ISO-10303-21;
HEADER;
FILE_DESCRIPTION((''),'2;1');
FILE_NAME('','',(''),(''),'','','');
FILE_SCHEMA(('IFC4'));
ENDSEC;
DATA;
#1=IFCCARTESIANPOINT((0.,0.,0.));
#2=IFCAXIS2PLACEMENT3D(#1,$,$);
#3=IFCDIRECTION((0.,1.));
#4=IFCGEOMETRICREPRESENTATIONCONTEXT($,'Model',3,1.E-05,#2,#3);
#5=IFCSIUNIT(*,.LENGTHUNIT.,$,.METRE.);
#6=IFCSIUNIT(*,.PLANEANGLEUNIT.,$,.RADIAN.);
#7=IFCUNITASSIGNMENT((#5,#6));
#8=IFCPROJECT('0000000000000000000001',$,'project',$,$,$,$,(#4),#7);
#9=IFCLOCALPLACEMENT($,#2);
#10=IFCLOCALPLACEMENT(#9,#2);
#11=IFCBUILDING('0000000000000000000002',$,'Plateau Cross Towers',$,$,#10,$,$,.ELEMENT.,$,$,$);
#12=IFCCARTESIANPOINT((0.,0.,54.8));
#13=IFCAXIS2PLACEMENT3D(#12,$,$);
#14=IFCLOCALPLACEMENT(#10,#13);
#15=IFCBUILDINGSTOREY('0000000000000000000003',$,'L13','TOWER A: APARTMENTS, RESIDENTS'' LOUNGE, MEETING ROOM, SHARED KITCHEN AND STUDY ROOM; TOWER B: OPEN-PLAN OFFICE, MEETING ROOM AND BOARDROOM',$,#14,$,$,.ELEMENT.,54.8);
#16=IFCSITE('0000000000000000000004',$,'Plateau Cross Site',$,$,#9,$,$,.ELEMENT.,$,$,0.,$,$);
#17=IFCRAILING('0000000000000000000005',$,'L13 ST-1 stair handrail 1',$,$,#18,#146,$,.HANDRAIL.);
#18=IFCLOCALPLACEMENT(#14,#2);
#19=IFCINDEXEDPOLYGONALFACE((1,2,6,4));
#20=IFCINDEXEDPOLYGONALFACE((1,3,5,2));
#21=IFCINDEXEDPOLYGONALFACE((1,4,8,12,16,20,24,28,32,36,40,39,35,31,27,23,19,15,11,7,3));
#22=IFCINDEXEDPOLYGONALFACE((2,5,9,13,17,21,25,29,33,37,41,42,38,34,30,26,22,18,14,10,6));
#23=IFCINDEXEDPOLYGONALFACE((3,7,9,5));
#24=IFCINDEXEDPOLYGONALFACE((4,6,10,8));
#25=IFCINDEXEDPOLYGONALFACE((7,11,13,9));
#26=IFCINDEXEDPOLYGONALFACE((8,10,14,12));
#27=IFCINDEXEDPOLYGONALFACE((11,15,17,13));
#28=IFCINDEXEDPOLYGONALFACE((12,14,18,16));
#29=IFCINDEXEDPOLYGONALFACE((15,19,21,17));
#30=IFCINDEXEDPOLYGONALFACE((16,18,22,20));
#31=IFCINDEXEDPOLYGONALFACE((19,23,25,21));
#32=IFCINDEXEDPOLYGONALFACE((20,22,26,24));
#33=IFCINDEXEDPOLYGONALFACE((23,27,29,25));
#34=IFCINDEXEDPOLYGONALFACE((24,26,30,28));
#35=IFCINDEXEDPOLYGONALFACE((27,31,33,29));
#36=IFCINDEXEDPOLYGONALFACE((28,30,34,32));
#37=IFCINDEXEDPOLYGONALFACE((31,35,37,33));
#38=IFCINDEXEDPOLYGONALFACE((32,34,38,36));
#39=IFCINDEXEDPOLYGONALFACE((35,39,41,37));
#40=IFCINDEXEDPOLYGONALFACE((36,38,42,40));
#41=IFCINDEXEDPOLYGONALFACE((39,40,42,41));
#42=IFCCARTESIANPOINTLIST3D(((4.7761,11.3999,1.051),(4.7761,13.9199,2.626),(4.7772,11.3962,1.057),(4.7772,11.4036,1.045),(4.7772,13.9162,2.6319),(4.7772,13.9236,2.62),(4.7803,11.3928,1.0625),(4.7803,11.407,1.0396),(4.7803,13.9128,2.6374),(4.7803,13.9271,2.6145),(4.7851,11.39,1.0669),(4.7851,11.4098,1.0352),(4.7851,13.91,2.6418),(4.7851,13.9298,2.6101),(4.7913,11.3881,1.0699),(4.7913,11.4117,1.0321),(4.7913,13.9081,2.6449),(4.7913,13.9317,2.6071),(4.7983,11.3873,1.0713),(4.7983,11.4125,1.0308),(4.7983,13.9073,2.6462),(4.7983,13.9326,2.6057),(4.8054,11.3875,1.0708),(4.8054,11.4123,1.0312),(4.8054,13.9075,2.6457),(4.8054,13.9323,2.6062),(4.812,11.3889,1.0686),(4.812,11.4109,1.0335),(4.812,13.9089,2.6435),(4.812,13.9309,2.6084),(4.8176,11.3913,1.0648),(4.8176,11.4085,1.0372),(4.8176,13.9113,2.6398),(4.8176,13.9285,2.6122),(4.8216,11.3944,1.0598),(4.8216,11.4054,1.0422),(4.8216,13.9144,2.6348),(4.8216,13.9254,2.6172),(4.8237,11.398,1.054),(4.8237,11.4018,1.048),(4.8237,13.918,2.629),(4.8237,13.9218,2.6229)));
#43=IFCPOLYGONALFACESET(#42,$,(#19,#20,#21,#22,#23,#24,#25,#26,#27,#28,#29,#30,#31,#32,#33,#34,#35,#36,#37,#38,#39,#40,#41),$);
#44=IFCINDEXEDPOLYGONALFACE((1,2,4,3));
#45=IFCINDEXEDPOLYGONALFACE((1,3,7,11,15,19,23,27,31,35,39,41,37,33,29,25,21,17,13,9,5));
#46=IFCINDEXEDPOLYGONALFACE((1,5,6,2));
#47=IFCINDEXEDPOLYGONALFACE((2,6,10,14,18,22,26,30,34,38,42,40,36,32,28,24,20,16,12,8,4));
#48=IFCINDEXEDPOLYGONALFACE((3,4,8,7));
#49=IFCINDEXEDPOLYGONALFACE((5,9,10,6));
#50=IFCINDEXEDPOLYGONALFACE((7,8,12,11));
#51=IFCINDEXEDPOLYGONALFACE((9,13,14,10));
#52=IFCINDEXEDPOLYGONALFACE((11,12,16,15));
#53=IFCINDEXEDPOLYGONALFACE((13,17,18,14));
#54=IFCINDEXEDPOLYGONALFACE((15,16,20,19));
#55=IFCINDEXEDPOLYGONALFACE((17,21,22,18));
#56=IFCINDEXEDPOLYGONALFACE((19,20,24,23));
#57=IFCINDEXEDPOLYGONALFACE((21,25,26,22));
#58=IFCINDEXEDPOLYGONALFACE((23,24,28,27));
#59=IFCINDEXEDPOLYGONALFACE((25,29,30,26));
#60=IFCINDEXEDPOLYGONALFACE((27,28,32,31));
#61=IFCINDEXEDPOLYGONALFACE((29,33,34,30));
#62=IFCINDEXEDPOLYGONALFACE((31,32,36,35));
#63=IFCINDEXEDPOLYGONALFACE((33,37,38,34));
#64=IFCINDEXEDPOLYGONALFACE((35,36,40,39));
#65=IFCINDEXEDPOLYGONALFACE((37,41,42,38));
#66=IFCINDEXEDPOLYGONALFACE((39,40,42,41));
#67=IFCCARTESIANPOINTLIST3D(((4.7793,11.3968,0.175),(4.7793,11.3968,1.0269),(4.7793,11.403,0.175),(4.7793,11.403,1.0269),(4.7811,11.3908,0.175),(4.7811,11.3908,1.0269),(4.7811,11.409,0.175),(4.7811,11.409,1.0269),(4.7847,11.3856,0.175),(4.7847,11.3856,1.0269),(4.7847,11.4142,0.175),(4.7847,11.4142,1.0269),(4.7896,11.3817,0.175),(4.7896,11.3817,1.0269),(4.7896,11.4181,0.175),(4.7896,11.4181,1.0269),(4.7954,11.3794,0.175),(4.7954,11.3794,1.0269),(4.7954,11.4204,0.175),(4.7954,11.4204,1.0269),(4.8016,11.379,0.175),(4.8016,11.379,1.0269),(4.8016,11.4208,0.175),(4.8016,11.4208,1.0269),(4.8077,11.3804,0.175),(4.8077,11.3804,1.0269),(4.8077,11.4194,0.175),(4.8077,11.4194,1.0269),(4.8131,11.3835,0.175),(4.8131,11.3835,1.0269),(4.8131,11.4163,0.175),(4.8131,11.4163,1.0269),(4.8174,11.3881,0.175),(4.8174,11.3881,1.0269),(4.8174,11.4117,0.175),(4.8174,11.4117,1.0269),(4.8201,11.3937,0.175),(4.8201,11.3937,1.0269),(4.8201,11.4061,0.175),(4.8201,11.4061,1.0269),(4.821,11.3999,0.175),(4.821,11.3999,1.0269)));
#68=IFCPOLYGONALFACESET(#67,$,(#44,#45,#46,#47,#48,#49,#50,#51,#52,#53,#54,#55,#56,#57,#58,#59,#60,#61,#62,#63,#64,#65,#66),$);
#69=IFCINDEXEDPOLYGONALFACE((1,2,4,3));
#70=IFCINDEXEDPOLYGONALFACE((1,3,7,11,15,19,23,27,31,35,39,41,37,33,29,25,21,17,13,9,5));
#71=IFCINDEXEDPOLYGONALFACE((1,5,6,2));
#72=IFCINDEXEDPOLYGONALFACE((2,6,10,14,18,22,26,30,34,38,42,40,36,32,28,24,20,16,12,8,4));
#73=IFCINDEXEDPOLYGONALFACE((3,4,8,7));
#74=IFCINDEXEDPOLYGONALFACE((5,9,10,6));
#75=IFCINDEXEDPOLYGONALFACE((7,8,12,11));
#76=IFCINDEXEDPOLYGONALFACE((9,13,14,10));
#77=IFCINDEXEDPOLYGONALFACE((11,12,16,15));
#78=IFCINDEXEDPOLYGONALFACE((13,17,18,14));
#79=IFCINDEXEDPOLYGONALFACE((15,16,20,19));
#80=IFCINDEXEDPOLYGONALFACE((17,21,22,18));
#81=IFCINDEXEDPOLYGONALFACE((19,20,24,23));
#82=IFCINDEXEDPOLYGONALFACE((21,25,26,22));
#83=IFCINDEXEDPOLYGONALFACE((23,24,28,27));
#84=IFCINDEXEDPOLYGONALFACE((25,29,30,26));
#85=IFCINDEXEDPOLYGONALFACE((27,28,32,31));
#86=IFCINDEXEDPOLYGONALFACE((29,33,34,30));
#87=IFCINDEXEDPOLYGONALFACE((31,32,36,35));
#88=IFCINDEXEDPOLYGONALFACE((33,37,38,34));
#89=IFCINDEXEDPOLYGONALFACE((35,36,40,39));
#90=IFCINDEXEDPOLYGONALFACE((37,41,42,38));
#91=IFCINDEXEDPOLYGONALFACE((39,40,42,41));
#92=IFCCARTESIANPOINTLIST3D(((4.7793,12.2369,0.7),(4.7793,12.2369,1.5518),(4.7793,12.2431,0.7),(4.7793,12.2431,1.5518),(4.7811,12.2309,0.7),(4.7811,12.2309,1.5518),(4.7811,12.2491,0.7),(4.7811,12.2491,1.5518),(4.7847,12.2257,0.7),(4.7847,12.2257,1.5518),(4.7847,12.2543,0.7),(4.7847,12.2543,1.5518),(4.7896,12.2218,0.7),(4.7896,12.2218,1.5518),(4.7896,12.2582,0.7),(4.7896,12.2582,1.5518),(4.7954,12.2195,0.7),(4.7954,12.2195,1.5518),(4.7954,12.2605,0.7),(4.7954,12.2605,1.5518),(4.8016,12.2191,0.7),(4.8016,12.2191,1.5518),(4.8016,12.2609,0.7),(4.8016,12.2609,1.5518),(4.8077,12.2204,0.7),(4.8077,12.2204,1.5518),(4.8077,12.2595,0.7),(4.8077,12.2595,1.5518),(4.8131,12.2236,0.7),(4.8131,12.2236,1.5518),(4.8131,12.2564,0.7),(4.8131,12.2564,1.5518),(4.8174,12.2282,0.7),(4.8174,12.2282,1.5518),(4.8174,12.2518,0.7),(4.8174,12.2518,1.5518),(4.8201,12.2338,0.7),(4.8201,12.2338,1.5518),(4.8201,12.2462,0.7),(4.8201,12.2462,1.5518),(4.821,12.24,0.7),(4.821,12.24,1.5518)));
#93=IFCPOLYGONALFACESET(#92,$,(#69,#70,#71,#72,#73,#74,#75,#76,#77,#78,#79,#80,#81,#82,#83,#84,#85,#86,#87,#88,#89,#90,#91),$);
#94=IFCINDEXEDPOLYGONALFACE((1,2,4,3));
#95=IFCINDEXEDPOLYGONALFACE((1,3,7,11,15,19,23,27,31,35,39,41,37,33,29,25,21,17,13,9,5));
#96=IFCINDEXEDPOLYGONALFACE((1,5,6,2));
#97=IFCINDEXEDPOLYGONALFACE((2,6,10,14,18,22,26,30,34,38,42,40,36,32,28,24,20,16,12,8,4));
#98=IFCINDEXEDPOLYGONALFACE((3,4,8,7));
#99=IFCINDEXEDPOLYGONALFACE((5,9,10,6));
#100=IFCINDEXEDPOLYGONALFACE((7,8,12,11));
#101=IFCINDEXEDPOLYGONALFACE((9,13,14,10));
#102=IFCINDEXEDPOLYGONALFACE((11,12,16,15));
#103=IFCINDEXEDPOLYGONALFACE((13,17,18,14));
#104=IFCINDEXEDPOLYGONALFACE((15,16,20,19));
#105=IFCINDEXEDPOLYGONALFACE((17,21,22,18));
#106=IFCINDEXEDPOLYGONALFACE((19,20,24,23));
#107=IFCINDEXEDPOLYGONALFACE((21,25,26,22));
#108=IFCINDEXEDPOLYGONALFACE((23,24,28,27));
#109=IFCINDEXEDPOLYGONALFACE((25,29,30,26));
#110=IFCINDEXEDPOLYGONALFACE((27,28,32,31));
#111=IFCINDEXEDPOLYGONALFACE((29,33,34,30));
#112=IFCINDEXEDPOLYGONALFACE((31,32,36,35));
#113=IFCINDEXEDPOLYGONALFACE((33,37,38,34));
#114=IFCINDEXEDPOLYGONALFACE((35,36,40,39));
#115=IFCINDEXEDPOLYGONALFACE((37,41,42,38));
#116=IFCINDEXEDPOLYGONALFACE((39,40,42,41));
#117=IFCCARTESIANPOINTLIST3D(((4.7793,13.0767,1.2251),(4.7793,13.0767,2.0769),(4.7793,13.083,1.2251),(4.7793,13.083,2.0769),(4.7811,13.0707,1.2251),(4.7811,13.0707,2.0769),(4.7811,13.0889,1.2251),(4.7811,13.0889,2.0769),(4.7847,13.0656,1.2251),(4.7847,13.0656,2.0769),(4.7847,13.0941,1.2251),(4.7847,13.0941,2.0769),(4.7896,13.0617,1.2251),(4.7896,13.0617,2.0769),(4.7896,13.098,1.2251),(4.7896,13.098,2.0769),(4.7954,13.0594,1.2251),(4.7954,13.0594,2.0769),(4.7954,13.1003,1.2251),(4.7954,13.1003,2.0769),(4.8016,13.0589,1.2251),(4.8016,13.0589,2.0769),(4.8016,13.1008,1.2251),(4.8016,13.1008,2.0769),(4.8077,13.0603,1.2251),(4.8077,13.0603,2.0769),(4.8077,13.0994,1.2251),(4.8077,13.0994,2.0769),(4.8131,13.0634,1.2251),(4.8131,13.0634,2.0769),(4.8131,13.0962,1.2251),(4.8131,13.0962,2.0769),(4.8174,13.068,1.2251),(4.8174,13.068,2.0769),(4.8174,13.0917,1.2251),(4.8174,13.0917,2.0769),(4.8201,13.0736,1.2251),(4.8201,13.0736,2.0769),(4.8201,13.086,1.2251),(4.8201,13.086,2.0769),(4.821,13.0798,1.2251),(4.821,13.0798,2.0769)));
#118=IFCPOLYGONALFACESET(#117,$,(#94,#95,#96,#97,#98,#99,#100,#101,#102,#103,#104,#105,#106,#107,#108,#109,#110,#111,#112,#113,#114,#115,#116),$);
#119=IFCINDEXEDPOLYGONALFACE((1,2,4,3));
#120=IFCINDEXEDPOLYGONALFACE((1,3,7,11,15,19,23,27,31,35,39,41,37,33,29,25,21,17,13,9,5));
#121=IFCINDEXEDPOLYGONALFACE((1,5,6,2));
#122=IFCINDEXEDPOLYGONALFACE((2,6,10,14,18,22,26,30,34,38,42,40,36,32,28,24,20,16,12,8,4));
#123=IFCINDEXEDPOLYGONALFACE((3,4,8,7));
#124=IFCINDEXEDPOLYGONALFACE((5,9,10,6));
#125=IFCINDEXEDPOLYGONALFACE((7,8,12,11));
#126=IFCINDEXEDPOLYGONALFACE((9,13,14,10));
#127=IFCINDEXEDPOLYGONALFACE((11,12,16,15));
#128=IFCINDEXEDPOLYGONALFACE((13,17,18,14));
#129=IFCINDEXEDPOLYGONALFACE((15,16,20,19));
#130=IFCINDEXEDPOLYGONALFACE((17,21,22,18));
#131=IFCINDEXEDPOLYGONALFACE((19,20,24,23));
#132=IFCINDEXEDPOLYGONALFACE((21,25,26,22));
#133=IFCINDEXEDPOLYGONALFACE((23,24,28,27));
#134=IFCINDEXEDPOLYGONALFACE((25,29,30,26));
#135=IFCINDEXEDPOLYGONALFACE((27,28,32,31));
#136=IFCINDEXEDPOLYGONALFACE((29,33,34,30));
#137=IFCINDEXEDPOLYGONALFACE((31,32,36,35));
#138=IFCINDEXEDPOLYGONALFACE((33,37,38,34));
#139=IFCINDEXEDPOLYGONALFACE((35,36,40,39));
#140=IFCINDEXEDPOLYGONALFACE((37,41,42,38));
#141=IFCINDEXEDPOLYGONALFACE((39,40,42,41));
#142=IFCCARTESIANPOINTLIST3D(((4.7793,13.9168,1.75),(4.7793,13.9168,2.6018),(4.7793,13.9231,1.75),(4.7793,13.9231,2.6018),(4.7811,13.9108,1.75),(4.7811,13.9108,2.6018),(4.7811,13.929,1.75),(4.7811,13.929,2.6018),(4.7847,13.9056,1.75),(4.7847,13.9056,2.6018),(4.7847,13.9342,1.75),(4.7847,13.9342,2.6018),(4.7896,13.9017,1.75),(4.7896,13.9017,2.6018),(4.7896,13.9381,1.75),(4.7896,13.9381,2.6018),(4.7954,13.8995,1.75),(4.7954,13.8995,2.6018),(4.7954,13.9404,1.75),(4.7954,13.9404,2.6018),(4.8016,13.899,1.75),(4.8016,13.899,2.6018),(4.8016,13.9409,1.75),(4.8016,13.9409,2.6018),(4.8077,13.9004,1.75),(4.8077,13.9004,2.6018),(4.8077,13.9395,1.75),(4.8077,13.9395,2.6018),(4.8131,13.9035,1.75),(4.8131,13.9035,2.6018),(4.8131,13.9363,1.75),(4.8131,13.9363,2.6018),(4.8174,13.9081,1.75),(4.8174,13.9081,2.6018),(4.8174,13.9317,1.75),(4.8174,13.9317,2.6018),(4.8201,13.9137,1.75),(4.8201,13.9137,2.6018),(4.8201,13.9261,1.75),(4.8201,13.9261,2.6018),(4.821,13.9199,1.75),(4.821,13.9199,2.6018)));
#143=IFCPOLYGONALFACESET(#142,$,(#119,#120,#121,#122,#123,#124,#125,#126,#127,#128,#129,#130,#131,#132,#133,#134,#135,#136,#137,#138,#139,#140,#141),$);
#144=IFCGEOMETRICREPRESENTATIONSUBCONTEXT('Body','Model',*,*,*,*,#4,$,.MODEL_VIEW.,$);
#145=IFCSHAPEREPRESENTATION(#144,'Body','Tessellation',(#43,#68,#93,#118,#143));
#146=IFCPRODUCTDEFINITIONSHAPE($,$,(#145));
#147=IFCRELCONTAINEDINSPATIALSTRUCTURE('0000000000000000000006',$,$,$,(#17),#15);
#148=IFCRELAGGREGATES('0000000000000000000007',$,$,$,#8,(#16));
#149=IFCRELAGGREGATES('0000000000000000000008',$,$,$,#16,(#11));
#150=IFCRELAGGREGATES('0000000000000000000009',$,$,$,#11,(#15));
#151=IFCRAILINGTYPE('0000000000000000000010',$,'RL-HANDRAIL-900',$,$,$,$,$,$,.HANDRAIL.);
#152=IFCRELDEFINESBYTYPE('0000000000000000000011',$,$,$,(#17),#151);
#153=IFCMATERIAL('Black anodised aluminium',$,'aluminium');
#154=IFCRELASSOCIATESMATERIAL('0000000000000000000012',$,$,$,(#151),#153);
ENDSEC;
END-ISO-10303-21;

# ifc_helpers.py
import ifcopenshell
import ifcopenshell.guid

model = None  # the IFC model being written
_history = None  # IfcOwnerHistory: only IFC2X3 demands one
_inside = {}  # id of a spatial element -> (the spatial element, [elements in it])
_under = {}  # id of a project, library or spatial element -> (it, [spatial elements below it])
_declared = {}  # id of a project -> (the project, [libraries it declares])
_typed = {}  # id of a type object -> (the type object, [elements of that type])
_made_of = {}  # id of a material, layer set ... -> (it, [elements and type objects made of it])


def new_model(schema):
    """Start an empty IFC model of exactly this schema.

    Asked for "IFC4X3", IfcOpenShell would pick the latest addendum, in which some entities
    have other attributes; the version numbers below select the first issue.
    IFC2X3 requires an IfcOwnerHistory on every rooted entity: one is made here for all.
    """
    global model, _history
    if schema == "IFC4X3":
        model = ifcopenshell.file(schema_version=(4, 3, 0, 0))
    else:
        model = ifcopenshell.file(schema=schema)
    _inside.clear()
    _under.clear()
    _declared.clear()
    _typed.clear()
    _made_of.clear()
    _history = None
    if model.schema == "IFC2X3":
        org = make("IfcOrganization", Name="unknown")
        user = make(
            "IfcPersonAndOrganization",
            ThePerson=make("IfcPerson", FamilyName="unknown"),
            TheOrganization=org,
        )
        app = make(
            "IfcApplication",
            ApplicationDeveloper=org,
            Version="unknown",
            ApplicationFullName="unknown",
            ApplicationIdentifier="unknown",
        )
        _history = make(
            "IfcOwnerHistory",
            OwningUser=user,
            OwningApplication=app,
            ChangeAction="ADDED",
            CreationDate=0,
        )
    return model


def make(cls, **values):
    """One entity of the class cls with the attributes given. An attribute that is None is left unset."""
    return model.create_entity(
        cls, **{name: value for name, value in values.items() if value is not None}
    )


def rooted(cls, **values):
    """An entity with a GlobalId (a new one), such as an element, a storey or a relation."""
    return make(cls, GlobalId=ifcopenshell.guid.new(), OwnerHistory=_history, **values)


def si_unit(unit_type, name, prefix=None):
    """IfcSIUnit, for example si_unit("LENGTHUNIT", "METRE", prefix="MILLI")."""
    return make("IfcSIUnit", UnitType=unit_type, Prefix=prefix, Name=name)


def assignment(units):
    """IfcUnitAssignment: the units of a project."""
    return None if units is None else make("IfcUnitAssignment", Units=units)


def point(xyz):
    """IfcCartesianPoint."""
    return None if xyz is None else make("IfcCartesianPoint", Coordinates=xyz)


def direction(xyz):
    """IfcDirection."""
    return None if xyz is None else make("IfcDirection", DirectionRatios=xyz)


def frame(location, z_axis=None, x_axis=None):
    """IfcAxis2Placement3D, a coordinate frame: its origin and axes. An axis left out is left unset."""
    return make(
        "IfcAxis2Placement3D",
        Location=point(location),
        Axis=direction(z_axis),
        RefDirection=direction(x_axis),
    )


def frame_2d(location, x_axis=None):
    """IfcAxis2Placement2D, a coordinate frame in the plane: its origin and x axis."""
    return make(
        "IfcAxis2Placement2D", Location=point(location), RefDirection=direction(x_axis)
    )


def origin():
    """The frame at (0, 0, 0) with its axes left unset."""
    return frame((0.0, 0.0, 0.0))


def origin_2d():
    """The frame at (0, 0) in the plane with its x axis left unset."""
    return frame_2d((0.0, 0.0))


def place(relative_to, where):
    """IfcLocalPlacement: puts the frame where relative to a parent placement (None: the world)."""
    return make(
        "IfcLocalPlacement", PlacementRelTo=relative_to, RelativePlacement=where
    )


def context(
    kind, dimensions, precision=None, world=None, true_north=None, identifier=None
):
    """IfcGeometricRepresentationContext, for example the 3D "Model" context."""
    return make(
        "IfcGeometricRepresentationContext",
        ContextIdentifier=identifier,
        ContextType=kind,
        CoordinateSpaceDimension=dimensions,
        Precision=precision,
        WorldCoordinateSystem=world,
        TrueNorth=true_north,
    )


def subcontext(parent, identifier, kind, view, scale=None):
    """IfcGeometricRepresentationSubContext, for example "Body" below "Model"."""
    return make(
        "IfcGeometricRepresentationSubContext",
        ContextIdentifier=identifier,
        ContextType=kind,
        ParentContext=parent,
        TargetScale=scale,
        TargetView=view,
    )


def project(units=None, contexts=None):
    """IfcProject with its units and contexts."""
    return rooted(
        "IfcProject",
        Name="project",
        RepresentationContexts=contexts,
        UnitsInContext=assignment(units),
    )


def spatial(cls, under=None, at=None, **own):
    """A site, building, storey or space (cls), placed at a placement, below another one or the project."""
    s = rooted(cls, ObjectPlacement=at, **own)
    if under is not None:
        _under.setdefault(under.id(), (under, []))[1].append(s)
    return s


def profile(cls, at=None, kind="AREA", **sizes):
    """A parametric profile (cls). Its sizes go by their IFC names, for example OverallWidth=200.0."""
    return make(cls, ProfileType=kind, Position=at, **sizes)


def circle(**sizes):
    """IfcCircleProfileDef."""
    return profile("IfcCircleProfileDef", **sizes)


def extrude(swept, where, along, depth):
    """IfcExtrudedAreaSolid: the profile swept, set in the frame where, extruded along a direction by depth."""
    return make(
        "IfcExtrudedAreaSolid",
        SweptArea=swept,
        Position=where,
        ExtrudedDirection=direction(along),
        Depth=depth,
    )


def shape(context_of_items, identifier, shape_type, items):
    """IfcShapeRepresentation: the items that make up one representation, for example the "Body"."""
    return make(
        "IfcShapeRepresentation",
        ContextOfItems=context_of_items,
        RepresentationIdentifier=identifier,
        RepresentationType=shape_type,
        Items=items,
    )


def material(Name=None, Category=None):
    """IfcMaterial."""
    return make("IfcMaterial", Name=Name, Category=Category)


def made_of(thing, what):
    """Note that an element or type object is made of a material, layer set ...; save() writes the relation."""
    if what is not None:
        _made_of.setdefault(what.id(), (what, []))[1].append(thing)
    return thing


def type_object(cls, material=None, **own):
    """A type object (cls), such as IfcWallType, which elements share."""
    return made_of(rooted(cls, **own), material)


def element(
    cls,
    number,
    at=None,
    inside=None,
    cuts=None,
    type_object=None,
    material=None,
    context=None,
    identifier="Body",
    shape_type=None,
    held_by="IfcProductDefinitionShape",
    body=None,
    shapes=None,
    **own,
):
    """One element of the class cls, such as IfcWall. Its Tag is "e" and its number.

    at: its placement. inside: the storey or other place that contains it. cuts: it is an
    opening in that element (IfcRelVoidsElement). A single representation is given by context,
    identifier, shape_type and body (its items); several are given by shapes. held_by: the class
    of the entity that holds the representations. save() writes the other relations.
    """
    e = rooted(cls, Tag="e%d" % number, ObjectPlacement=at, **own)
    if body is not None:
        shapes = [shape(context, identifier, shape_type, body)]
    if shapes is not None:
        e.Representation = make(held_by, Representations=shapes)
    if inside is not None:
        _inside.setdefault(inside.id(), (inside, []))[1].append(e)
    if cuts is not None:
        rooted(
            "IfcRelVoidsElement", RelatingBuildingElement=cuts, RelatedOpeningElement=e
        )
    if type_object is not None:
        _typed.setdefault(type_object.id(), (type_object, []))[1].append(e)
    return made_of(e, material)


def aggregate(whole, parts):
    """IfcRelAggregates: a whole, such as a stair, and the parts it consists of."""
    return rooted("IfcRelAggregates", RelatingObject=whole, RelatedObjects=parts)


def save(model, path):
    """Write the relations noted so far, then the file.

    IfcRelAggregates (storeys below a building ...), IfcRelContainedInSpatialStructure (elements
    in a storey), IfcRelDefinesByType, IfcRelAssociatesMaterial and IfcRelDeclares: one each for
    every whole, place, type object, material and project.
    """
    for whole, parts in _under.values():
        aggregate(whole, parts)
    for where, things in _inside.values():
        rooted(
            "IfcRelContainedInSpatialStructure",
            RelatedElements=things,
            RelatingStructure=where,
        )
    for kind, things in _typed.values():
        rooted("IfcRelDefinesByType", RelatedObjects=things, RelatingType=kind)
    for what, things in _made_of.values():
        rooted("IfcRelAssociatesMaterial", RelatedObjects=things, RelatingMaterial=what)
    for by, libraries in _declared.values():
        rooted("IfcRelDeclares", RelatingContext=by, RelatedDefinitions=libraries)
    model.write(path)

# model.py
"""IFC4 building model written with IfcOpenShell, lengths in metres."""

from ifc_helpers import new_model, si_unit, direction, frame, origin, origin_2d, place, context, subcontext, project, spatial, circle, extrude, material, type_object, element, save


model = new_model("IFC4")

# Units and contexts
model_context = context("Model", 3, precision=1e-05, world=origin(), true_north=direction((0.0, 1.0)))
body_context = subcontext(model_context, "Body", "Model", "MODEL_VIEW")
ifc_project = project(units=[si_unit("LENGTHUNIT", "METRE"), si_unit("PLANEANGLEUNIT", "RADIAN")], contexts=[model_context])

# Site, building, storey
site_placement = place(None, origin())
site = spatial("IfcSite", under=ifc_project, at=site_placement, Name="Plateau Cross Site", CompositionType="ELEMENT", RefElevation=0.0)
building_placement = place(site_placement, origin())
building = spatial("IfcBuilding", under=site, at=building_placement, Name="Plateau Cross Towers", CompositionType="ELEMENT")
storey_placement = place(building_placement, frame((0.0, 0.0, 54.8)))
storey = spatial("IfcBuildingStorey", under=building, at=storey_placement, Name="L13", Description="TOWER A: APARTMENTS, RESIDENTS' LOUNGE, MEETING ROOM, SHARED KITCHEN AND STUDY ROOM; TOWER B: OPEN-PLAN OFFICE, MEETING ROOM AND BOARDROOM", CompositionType="ELEMENT", Elevation=54.8)

# Shared definitions
ifc_material_1 = material(Name="Black anodised aluminium", Category="aluminium")

# Railing
railing_type_1 = type_object("IfcRailingType", Name="RL-HANDRAIL-900", PredefinedType="HANDRAIL", material=ifc_material_1)
railing_1_placement = place(storey_placement, frame((4.8, 11.3999, 0.175)))
element("IfcRailing", 1, at=railing_1_placement, inside=storey, type_object=railing_type_1, Name="L13 ST-1 stair handrail 1", PredefinedType="HANDRAIL", context=body_context, shape_type="SweptSolid", body=[
    extrude(circle(Radius=0.0239, at=origin_2d()), frame((0.0, 0.0, 0.876), z_axis=(0.0, 0.848008, 0.529984), x_axis=(-1.0, 0.0, 0.0)), (0.0, 0.0, 1.0), 2.9717),
    extrude(circle(Radius=0.021, at=origin_2d()), origin(), (0.0, 0.0, 1.0), 0.8518),
    extrude(circle(Radius=0.021, at=origin_2d()), frame((0.0, 0.8401, 0.5249)), (0.0, 0.0, 1.0), 0.8518),
    extrude(circle(Radius=0.021, at=origin_2d()), frame((0.0, 1.6799, 1.05)), (0.0, 0.0, 1.0), 0.8518),
    extrude(circle(Radius=0.021, at=origin_2d()), frame((0.0, 2.52, 1.575)), (0.0, 0.0, 1.0), 0.8518),
])

save(model, "model.ifc")
